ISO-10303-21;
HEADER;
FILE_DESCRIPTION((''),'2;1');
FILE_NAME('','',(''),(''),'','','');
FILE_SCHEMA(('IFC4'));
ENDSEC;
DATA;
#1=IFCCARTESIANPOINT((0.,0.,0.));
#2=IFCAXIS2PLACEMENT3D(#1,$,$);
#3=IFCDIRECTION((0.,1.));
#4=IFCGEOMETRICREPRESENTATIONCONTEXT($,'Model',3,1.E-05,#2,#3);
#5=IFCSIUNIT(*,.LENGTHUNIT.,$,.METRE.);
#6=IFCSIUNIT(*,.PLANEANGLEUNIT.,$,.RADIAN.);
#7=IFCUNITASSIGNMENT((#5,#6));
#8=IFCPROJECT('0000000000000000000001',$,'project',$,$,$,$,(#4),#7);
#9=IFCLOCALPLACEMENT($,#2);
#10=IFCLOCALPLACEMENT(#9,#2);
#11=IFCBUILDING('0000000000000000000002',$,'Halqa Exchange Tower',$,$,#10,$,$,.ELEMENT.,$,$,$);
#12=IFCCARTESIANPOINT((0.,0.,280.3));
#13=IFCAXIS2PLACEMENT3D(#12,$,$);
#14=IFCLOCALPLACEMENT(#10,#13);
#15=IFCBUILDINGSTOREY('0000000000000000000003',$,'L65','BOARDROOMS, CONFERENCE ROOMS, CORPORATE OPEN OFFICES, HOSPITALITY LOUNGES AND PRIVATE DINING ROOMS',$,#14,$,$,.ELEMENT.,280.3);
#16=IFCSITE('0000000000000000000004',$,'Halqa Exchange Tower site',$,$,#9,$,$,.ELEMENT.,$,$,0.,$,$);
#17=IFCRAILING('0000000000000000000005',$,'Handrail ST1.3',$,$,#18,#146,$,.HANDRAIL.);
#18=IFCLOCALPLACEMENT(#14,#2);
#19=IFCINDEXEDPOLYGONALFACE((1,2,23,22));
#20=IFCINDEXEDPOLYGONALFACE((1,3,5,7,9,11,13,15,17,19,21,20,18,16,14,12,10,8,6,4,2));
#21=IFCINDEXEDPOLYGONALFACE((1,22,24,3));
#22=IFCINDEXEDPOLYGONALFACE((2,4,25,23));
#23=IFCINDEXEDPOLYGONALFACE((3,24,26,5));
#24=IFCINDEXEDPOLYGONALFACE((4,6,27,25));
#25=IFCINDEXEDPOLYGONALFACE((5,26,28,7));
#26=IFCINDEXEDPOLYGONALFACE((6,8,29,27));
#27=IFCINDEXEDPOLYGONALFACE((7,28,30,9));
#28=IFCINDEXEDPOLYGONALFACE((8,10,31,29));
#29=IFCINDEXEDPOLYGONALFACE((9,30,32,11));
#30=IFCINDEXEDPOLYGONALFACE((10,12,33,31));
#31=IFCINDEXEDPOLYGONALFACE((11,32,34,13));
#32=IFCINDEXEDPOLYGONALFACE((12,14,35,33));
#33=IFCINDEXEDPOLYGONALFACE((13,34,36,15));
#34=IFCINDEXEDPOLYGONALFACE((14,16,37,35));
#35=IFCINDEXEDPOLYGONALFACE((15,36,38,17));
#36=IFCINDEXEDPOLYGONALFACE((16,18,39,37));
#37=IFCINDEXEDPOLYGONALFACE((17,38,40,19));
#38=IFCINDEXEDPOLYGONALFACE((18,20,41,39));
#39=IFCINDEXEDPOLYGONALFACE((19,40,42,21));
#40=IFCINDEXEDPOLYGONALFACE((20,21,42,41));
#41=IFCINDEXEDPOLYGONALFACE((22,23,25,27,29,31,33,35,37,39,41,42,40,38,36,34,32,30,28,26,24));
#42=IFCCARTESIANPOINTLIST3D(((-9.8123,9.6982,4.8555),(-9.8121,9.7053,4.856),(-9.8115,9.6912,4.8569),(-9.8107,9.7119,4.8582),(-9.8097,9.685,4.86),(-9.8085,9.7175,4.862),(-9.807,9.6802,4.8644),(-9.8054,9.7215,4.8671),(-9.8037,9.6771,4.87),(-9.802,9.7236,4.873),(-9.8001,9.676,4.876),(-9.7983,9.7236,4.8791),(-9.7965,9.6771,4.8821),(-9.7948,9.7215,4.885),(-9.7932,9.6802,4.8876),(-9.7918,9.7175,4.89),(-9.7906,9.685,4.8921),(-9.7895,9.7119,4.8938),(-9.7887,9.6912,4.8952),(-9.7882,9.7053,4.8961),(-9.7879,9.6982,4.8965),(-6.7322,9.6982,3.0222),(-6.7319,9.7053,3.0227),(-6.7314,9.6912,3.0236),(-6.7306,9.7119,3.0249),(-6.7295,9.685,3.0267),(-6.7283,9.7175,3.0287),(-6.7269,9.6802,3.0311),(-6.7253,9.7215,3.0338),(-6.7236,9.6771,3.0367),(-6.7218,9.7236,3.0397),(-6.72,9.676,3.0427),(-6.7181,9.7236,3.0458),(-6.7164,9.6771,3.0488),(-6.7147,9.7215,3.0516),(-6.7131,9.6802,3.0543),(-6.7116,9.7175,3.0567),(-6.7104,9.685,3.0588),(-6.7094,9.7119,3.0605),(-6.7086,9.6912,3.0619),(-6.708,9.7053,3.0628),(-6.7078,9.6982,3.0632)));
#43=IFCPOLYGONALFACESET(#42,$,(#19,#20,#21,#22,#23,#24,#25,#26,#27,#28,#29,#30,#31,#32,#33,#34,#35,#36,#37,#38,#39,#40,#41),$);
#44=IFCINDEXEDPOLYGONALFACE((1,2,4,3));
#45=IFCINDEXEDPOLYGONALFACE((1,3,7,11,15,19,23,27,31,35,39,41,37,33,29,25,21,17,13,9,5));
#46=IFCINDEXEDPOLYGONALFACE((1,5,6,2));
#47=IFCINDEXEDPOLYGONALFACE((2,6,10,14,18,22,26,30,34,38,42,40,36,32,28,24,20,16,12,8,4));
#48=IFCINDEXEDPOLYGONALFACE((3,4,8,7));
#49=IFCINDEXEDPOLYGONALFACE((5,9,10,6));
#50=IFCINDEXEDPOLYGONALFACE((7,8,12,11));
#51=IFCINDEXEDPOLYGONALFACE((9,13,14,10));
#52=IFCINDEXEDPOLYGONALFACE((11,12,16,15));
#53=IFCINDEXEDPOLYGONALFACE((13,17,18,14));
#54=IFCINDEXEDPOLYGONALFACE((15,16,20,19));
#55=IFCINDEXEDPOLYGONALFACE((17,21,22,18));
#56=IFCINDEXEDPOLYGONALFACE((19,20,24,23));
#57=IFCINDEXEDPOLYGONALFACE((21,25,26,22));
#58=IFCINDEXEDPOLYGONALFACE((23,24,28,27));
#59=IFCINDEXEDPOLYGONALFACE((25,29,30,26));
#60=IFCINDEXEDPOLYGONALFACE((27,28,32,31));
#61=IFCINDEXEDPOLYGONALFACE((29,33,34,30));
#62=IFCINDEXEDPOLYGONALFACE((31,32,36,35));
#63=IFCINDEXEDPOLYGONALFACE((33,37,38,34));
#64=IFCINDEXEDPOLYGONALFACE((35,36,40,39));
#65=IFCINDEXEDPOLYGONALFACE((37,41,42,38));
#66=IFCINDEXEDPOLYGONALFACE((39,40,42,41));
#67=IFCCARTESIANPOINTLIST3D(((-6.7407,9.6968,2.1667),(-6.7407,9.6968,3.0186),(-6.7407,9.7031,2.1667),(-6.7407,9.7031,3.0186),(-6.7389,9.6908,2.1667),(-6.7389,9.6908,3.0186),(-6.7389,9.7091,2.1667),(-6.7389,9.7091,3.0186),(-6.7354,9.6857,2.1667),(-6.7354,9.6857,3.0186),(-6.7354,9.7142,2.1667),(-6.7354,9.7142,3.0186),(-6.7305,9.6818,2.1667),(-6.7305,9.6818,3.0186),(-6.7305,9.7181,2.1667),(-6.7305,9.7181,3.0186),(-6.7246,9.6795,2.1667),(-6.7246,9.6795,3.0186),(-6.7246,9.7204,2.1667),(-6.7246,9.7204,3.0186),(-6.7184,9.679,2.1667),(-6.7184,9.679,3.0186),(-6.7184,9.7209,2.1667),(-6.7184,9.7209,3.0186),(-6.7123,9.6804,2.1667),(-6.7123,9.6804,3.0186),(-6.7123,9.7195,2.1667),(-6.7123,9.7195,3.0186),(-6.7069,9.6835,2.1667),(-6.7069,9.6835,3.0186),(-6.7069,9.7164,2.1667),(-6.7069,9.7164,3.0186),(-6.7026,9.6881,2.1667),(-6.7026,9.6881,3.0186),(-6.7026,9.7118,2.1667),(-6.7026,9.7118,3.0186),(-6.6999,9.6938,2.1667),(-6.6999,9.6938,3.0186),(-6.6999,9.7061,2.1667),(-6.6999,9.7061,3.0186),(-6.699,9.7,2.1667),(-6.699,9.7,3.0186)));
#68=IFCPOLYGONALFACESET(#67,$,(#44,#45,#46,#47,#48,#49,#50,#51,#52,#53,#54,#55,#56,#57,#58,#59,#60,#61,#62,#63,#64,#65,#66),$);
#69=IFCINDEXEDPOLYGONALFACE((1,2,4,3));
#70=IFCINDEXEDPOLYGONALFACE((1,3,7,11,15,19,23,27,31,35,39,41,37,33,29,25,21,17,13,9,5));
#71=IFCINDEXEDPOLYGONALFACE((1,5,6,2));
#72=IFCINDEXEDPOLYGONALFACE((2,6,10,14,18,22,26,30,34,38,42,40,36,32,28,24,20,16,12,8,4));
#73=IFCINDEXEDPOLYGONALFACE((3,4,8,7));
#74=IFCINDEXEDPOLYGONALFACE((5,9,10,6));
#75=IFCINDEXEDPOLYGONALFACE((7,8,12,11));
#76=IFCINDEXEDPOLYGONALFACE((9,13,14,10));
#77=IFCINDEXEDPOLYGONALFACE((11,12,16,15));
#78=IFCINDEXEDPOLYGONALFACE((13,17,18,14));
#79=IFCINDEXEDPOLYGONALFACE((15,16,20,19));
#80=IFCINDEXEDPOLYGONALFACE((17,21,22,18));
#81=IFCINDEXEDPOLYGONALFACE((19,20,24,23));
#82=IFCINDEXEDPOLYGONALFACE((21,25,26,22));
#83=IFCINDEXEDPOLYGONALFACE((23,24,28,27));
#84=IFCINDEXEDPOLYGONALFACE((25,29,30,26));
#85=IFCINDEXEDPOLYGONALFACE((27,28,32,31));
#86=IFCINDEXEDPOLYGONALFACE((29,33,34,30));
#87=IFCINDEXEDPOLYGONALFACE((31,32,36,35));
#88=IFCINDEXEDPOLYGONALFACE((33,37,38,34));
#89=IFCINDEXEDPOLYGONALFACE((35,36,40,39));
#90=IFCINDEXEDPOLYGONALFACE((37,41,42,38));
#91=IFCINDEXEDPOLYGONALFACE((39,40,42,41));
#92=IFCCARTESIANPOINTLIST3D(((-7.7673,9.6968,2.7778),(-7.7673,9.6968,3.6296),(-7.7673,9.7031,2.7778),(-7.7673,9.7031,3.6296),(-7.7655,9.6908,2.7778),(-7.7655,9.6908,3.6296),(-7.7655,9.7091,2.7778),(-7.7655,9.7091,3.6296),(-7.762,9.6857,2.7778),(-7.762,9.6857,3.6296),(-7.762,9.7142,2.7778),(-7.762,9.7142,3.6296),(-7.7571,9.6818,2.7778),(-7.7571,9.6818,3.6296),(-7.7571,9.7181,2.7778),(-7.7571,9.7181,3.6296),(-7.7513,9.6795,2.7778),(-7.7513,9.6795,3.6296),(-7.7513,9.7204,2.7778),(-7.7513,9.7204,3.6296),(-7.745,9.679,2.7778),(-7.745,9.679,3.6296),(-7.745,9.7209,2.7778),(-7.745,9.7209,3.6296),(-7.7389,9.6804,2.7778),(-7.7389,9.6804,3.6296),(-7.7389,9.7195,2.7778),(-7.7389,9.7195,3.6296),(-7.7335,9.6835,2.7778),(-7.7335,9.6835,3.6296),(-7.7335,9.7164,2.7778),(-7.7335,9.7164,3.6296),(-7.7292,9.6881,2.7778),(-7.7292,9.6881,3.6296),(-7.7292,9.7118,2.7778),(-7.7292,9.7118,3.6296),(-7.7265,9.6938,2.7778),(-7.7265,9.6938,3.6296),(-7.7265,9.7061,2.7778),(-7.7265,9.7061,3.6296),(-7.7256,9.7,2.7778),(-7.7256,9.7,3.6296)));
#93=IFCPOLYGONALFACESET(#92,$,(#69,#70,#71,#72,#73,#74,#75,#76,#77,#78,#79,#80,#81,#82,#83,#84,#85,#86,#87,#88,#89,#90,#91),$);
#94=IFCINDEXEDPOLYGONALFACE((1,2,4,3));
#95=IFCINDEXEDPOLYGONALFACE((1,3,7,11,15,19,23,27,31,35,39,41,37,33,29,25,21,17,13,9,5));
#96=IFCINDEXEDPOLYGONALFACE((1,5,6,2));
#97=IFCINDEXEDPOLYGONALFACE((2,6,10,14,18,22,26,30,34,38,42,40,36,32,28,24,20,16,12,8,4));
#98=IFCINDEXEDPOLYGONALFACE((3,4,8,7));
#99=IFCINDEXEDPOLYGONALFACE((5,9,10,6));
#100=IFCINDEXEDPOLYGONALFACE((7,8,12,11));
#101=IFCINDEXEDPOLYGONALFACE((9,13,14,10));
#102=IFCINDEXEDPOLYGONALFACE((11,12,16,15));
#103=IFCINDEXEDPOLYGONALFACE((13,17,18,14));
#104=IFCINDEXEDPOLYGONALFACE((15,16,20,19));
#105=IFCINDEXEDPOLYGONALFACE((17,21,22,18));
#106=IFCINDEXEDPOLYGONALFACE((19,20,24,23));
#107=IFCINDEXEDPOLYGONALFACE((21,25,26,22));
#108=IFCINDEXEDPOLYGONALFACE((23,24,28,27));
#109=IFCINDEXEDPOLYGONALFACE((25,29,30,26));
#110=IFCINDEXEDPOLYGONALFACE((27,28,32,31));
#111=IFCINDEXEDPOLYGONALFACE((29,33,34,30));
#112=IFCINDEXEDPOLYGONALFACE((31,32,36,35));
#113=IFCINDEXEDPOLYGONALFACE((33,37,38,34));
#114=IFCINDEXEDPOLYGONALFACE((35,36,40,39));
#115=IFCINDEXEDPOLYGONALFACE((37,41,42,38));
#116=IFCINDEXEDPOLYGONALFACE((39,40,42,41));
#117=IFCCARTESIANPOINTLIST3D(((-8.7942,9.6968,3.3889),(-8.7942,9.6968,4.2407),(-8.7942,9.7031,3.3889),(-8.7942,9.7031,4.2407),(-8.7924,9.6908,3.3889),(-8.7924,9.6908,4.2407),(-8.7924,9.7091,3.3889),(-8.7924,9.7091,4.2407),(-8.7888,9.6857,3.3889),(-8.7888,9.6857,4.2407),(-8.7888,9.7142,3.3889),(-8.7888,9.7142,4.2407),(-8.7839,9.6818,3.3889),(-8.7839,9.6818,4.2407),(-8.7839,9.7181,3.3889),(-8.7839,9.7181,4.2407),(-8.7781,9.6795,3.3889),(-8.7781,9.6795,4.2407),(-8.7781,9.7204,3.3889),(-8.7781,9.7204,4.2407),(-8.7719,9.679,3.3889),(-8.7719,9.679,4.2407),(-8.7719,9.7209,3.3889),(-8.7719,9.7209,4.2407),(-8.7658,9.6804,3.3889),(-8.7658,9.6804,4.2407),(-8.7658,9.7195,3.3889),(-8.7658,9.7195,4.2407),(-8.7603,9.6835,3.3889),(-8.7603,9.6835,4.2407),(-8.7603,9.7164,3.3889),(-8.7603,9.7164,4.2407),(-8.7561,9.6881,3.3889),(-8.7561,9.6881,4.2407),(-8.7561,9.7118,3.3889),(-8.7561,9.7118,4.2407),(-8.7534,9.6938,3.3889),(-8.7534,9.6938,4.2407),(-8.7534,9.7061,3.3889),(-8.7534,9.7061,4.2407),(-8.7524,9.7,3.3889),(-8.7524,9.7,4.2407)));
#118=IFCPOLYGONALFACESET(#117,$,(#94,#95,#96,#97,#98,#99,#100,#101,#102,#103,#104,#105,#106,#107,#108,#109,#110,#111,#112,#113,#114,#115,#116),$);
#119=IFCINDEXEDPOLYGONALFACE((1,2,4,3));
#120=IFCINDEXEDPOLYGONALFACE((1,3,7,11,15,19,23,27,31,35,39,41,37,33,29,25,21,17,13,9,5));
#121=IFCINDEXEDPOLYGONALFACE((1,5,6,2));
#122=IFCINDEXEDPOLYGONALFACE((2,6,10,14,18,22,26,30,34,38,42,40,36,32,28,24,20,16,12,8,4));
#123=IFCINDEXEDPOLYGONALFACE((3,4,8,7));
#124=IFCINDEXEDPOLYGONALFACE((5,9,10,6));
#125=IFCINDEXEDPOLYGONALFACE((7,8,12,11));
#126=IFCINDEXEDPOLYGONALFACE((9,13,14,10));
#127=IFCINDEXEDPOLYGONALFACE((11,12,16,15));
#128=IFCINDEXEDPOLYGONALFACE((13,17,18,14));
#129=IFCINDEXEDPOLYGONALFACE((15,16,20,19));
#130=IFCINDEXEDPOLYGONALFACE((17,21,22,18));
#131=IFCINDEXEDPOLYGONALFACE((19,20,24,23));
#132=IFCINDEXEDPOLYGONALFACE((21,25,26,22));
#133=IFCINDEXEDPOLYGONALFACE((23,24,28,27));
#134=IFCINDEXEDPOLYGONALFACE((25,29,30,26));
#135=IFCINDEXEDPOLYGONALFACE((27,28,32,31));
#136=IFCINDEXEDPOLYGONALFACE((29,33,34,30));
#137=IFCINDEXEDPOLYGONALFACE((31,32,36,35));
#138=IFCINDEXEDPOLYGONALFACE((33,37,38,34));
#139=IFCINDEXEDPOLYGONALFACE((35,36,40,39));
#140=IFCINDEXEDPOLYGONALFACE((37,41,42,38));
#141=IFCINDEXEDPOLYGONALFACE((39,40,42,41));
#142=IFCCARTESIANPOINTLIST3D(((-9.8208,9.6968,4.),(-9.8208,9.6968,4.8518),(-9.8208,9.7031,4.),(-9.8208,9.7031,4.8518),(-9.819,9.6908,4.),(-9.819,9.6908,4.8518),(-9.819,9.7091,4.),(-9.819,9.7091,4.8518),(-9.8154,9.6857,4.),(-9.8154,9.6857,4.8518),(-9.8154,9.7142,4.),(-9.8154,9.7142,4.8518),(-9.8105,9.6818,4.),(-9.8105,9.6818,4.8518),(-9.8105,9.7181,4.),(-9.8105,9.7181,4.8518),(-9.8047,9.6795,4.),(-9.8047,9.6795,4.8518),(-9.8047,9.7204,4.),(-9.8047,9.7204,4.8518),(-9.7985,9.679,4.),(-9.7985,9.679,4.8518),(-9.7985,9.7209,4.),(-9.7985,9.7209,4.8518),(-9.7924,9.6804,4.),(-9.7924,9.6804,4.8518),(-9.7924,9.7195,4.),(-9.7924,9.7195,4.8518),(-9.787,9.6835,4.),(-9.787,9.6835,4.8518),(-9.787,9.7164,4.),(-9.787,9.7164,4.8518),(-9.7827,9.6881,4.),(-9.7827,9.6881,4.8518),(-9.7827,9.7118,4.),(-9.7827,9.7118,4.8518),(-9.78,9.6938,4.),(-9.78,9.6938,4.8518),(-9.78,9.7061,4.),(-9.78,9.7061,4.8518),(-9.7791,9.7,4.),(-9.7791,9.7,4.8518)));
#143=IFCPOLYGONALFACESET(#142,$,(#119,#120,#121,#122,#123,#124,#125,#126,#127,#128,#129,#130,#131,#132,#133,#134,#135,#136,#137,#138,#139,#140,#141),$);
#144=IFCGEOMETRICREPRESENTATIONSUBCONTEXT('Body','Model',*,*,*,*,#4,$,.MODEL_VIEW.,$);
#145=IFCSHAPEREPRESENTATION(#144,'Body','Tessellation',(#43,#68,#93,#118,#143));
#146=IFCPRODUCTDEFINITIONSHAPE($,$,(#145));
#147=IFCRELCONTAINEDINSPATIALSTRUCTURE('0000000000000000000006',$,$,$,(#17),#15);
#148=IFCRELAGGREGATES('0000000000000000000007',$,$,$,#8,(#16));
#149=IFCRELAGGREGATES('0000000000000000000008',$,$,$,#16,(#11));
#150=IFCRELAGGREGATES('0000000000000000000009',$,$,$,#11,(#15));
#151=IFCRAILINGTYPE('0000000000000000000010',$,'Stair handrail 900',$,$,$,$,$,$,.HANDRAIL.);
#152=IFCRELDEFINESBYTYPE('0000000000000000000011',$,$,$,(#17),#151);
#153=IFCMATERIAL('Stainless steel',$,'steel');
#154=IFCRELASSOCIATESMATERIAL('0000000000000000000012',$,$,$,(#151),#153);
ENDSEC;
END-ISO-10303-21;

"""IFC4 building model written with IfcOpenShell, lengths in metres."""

from ifc_helpers import new_model, si_unit, direction, frame, origin, origin_2d, place, context, subcontext, project, spatial, circle, extrude, material, type_object, element, save


model = new_model("IFC4")

# Units and contexts
model_context = context("Model", 3, precision=1e-05, world=origin(), true_north=direction((0.0, 1.0)))
body_context = subcontext(model_context, "Body", "Model", "MODEL_VIEW")
ifc_project = project(units=[si_unit("LENGTHUNIT", "METRE"), si_unit("PLANEANGLEUNIT", "RADIAN")], contexts=[model_context])

# Site, building, storey
site_placement = place(None, origin())
site = spatial("IfcSite", under=ifc_project, at=site_placement, Name="Halqa Exchange Tower site", CompositionType="ELEMENT", RefElevation=0.0)
building_placement = place(site_placement, origin())
building = spatial("IfcBuilding", under=site, at=building_placement, Name="Halqa Exchange Tower", CompositionType="ELEMENT")
storey_placement = place(building_placement, frame((0.0, 0.0, 280.3)))
storey = spatial("IfcBuildingStorey", under=building, at=storey_placement, Name="L65", Description="BOARDROOMS, CONFERENCE ROOMS, CORPORATE OPEN OFFICES, HOSPITALITY LOUNGES AND PRIVATE DINING ROOMS", CompositionType="ELEMENT", Elevation=280.3)

# Railing
ifc_material_1 = material(Name="Stainless steel", Category="steel")
railing_type_1 = type_object("IfcRailingType", Name="Stair handrail 900", PredefinedType="HANDRAIL", material=ifc_material_1)
railing_1_placement = place(storey_placement, frame((-6.72, 9.7, 2.1667)))
element("IfcRailing", 1, at=railing_1_placement, inside=storey, type_object=railing_type_1, Name="Handrail ST1.3", PredefinedType="HANDRAIL", context=body_context, shape_type="SweptSolid", body=[
    extrude(circle(Radius=0.0239, at=origin_2d()), frame((0.0, 0.0, 0.876), z_axis=(-0.859309, 0.0, 0.511458), x_axis=(0.0, -1.0, 0.0)), (0.0, 0.0, 1.0), 3.5845),
    extrude(circle(Radius=0.021, at=origin_2d()), origin(), (0.0, 0.0, 1.0), 0.8518),
    extrude(circle(Radius=0.021, at=origin_2d()), frame((-1.0266, 0.0, 0.6111)), (0.0, 0.0, 1.0), 0.8518),
    extrude(circle(Radius=0.021, at=origin_2d()), frame((-2.0535, 0.0, 1.2222)), (0.0, 0.0, 1.0), 0.8518),
    extrude(circle(Radius=0.021, at=origin_2d()), frame((-3.0801, 0.0, 1.8333)), (0.0, 0.0, 1.0), 0.8518),
])

save(model, "model.ifc")
